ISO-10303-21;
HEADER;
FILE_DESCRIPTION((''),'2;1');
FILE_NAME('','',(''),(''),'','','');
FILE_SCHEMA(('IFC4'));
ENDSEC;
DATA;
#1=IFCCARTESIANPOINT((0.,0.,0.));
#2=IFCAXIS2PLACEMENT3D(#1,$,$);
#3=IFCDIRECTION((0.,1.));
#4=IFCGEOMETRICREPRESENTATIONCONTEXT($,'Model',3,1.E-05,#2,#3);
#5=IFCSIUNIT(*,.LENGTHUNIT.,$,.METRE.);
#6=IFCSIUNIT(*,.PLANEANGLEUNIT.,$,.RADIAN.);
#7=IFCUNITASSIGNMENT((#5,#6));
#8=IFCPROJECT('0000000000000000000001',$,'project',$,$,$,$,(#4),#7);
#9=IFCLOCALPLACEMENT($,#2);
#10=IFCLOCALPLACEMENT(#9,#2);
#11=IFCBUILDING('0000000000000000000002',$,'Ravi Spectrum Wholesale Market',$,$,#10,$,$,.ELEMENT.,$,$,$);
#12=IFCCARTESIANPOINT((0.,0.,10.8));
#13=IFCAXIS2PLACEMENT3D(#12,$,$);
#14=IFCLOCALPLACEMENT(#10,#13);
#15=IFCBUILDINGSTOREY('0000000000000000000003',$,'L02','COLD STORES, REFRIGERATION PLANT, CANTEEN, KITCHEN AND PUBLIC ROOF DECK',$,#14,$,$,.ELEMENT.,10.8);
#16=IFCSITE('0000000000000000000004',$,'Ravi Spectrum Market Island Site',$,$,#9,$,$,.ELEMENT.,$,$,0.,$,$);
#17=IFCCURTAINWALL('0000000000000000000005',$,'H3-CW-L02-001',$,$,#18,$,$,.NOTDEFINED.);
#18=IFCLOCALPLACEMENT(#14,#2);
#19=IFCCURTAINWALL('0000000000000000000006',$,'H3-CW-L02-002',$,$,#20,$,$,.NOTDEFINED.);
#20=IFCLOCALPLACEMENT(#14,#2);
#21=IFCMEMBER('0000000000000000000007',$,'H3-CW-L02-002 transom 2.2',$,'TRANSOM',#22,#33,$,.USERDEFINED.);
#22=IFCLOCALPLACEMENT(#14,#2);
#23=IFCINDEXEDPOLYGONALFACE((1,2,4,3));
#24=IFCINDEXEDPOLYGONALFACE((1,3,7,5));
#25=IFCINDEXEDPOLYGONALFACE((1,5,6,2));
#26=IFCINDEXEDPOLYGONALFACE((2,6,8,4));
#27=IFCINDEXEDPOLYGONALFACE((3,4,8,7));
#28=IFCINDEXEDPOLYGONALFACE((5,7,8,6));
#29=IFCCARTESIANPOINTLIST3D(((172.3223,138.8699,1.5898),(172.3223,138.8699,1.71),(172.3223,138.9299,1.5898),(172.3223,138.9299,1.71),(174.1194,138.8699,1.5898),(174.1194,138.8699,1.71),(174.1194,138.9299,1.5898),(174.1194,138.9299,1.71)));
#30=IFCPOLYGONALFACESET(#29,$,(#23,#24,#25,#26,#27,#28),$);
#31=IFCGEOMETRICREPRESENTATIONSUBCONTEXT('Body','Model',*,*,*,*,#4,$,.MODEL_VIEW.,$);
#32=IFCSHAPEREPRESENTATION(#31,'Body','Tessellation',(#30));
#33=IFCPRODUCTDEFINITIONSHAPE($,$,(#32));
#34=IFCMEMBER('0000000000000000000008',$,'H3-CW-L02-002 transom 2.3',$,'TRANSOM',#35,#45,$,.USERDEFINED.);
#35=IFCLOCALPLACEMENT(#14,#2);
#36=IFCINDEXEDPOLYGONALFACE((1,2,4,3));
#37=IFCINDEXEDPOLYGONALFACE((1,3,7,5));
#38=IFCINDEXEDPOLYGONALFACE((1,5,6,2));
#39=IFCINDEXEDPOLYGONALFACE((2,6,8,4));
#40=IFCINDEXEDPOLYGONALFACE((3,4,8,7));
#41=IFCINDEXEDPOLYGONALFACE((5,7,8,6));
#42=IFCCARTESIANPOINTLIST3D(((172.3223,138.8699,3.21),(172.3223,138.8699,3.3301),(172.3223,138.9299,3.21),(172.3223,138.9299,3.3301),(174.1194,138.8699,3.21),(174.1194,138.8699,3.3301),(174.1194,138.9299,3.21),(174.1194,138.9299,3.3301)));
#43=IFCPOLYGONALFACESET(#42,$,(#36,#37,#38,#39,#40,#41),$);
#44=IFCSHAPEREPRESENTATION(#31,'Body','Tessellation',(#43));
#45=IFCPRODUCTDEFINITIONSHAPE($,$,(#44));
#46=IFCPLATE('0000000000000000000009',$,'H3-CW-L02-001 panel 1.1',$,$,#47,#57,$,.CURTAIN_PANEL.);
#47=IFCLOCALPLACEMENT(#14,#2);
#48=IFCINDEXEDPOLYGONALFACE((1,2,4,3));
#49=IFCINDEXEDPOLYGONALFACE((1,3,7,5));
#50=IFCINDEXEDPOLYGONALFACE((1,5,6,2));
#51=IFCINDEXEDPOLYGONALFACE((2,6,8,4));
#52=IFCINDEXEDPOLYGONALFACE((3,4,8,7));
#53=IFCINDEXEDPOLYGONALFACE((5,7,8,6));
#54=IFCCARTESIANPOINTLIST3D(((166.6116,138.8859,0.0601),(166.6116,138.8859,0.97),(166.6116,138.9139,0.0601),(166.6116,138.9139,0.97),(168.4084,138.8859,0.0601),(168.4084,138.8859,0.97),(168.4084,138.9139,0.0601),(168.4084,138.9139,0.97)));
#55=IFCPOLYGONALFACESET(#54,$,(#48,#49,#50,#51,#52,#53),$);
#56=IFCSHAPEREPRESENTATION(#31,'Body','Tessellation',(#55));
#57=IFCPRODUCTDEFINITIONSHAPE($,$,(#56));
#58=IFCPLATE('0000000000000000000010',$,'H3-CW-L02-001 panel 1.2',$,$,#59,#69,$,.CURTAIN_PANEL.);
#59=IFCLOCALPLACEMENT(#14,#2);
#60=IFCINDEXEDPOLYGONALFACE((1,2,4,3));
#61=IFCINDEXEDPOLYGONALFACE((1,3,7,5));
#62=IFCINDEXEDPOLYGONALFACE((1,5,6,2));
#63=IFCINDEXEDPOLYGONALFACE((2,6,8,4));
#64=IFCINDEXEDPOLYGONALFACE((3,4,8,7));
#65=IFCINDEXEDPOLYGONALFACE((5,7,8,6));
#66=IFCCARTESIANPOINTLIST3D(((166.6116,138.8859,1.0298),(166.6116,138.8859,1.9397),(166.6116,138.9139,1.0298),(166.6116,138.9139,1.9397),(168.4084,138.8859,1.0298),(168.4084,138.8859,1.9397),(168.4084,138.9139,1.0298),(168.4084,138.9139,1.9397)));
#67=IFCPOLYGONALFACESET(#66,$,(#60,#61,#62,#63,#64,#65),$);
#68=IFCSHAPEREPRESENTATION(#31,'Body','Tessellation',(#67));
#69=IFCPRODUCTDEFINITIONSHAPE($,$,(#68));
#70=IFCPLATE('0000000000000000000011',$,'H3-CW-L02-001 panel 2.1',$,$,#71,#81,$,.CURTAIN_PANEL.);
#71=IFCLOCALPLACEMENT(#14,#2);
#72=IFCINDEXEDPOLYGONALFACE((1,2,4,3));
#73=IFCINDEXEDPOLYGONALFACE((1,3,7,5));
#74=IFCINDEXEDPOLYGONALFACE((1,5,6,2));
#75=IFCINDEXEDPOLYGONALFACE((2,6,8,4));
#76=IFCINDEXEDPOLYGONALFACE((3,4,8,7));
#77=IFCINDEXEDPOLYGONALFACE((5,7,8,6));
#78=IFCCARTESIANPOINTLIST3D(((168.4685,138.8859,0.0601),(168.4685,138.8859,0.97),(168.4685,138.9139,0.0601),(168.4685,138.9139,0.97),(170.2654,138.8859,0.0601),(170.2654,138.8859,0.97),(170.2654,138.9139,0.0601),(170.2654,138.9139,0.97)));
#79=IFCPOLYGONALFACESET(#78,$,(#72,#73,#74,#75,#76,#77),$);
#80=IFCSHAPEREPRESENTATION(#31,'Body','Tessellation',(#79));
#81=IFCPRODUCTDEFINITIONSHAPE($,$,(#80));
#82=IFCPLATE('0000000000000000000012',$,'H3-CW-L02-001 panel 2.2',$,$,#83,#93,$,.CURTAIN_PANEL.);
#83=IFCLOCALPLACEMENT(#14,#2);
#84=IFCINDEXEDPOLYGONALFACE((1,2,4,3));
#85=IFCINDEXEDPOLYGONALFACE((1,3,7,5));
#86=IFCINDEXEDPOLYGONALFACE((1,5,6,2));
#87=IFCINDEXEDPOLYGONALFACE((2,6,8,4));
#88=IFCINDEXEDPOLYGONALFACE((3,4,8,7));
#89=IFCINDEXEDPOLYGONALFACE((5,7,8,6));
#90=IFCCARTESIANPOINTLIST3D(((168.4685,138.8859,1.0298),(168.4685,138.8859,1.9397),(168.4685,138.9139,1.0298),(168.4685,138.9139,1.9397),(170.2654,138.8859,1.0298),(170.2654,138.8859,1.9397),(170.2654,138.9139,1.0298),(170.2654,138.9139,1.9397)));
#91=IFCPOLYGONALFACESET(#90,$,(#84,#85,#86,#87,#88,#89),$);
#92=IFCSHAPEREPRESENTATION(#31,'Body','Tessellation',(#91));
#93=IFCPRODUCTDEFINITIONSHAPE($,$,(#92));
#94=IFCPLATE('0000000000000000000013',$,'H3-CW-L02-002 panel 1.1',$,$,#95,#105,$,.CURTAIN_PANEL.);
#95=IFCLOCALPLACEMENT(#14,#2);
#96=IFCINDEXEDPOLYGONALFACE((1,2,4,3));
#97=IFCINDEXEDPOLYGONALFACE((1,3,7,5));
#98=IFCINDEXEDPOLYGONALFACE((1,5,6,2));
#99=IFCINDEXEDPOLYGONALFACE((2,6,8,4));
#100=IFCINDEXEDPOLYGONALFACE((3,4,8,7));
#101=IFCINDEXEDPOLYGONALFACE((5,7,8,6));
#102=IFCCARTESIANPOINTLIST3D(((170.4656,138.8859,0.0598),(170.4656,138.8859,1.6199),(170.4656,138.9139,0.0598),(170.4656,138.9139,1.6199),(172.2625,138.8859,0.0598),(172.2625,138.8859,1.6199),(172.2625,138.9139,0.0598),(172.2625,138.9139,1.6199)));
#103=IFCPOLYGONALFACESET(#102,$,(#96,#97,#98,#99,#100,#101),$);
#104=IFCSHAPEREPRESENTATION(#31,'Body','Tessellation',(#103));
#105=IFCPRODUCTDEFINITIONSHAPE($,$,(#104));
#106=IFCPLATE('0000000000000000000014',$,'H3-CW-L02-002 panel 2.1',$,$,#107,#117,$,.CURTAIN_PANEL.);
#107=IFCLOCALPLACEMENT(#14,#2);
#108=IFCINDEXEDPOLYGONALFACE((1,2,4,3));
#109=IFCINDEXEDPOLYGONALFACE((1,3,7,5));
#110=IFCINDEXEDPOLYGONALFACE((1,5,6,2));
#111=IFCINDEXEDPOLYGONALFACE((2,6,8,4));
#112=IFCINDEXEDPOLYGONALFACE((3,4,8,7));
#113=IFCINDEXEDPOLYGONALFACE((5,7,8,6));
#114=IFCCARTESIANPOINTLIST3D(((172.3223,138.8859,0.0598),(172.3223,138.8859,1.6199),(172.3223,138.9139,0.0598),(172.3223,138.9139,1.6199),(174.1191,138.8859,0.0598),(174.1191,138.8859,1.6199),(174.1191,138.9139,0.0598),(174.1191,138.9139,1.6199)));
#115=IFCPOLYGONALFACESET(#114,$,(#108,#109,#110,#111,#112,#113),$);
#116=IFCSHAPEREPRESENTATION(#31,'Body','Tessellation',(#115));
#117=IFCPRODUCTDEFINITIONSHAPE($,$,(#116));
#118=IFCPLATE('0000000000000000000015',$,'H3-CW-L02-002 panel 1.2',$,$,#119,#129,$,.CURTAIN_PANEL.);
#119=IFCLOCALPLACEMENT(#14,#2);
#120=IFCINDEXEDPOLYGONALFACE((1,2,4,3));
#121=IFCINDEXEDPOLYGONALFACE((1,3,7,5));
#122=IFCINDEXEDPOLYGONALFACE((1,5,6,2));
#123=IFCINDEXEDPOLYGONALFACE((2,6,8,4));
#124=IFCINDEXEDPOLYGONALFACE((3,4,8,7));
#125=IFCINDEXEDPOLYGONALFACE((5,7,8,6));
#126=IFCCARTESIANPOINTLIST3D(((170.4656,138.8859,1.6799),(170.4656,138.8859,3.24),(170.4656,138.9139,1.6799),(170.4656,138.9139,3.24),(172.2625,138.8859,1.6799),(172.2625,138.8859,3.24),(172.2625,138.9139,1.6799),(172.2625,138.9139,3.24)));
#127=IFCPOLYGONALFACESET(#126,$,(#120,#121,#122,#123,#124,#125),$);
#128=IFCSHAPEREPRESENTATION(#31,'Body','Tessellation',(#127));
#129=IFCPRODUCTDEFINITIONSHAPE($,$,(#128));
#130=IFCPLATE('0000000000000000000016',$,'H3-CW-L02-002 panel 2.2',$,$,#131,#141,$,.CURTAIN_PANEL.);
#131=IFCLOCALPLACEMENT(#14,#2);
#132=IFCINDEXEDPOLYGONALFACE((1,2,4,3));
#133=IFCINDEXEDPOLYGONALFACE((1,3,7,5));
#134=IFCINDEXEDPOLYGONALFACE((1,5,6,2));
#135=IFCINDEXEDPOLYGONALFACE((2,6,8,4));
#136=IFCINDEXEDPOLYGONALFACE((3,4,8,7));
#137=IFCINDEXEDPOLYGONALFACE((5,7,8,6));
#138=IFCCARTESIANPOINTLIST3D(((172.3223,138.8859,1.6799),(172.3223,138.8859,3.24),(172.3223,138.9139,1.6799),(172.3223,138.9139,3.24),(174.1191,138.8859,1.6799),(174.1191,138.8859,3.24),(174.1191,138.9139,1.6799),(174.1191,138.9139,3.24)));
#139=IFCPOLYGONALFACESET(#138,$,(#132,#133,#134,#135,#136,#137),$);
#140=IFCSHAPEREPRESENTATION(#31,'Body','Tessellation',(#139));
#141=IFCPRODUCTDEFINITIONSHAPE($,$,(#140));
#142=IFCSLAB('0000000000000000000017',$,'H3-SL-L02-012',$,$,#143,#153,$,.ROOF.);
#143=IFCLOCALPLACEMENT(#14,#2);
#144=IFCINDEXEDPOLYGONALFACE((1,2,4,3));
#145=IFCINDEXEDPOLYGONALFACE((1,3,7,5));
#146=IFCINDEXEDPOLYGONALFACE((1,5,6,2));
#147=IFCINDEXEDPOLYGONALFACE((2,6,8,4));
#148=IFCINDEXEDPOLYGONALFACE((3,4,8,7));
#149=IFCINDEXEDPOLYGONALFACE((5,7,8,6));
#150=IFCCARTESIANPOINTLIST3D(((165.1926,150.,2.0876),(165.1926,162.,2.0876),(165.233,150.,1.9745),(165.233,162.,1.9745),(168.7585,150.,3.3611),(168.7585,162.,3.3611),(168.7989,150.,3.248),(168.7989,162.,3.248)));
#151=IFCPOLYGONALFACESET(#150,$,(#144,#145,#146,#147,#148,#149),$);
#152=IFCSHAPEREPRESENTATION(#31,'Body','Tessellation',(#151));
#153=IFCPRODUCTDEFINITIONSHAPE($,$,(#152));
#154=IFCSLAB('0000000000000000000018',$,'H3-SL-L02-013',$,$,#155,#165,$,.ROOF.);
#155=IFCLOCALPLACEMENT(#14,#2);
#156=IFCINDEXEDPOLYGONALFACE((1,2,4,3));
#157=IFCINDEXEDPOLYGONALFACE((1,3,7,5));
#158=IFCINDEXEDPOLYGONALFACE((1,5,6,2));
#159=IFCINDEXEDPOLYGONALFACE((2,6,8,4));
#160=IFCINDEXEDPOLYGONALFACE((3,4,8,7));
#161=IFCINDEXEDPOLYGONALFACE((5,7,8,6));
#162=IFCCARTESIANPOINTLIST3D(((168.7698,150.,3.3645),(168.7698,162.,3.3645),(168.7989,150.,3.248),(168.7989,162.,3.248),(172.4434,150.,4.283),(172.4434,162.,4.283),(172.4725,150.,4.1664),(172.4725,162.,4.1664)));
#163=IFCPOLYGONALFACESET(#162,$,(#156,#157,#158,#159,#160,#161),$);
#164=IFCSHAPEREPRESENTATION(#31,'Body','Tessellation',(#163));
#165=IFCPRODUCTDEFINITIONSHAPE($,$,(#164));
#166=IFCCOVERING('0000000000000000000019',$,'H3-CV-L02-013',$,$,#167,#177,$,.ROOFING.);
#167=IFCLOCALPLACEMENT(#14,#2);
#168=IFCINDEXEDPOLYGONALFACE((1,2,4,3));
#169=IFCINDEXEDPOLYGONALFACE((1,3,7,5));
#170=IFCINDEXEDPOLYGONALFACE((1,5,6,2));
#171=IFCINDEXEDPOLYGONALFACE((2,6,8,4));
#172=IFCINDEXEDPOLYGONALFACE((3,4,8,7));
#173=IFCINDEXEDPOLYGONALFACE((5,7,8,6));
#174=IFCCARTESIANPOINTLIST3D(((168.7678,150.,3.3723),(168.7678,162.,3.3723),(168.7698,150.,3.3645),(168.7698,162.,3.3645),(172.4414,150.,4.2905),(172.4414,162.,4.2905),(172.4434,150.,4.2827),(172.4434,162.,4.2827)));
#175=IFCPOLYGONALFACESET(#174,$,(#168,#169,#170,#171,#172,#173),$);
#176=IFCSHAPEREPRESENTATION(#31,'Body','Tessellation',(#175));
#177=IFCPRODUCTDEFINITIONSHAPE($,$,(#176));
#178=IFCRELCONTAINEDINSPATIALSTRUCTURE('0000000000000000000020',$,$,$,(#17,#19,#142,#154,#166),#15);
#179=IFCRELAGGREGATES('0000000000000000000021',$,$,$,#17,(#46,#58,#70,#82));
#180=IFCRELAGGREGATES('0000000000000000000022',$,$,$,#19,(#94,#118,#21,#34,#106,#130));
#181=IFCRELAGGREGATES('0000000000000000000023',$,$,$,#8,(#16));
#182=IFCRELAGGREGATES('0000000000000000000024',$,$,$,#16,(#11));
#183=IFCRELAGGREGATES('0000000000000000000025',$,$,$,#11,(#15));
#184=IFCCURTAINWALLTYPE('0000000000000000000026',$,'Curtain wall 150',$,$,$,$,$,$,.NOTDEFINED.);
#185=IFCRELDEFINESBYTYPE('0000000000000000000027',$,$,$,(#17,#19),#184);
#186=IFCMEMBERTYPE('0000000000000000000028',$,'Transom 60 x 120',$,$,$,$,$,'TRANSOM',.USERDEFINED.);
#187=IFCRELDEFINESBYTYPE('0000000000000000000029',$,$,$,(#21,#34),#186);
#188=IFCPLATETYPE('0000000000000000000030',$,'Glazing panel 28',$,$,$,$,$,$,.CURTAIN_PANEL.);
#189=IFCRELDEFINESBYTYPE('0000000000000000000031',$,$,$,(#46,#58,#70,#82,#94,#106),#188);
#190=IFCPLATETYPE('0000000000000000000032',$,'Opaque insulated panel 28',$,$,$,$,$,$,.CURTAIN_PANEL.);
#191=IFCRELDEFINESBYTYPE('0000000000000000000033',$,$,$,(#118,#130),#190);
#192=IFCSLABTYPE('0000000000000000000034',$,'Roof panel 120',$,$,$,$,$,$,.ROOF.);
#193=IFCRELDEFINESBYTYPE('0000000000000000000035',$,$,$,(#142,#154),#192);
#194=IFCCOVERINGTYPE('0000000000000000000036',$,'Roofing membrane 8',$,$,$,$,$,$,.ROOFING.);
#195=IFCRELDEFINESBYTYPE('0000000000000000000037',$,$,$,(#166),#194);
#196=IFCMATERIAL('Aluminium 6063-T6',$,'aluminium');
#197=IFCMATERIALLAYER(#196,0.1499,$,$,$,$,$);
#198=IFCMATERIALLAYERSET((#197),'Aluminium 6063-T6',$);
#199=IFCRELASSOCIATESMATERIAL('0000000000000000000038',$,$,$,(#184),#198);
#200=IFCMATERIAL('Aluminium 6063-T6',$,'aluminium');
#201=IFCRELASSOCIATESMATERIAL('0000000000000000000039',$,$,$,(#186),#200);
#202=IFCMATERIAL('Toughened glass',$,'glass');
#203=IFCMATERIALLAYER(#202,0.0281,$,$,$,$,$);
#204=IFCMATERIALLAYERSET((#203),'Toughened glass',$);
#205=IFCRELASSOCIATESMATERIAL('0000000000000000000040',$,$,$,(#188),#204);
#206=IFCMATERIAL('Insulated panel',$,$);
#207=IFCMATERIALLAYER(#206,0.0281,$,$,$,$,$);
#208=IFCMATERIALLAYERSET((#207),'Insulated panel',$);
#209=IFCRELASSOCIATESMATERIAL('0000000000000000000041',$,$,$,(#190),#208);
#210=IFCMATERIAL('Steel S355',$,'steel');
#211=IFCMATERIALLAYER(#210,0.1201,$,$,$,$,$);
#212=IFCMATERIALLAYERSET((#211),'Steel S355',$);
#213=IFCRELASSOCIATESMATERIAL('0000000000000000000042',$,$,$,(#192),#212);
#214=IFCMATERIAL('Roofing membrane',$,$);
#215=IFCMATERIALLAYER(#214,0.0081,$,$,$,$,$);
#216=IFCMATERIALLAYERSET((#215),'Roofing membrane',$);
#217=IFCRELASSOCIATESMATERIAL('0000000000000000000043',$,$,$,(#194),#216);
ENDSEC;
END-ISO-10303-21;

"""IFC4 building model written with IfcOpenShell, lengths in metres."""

from ifc_helpers import new_model, si_unit, direction, frame, origin, origin_2d, place, context, subcontext, project, spatial, polyline, rectangle, outline, extrude, material, layer, layer_set, material_profile, profile_set, type_object, element, aggregate, save


model = new_model("IFC4")

# Units and contexts
model_context = context("Model", 3, precision=1e-05, world=origin(), true_north=direction((0.0, 1.0)))
body_context = subcontext(model_context, "Body", "Model", "MODEL_VIEW")
ifc_project = project(units=[si_unit("LENGTHUNIT", "METRE"), si_unit("PLANEANGLEUNIT", "RADIAN")], contexts=[model_context])

# Site, building, storey
site_placement = place(None, origin())
site = spatial("IfcSite", under=ifc_project, at=site_placement, Name="Ravi Spectrum Market Island Site", CompositionType="ELEMENT", RefElevation=0.0)
building_placement = place(site_placement, origin())
building = spatial("IfcBuilding", under=site, at=building_placement, Name="Ravi Spectrum Wholesale Market", CompositionType="ELEMENT")
storey_placement = place(building_placement, frame((0.0, 0.0, 10.8)))
storey = spatial("IfcBuildingStorey", under=building, at=storey_placement, Name="L02", Description="COLD STORES, REFRIGERATION PLANT, CANTEEN, KITCHEN AND PUBLIC ROOF DECK", CompositionType="ELEMENT", Elevation=10.8)

# Curtain walls
ifc_material_1 = material(Name="Aluminium 6063-T6", Category="aluminium")
ifc_layer_1 = layer(ifc_material_1, 0.1499)
ifc_layer_set_1 = layer_set([ifc_layer_1], Name="Aluminium 6063-T6")
curtain_wall_type = type_object("IfcCurtainWallType", Name="Curtain wall 150", PredefinedType="NOTDEFINED", material=ifc_layer_set_1)
curtain_wall_1_placement = place(storey_placement, origin())
curtain_wall_1 = element("IfcCurtainWall", 1, at=curtain_wall_1_placement, inside=storey, type_object=curtain_wall_type, Name="H3-CW-L02-001", PredefinedType="NOTDEFINED")
curtain_wall_2_placement = place(storey_placement, origin())
curtain_wall_2 = element("IfcCurtainWall", 2, at=curtain_wall_2_placement, inside=storey, type_object=curtain_wall_type, Name="H3-CW-L02-002", PredefinedType="NOTDEFINED")

# Members
ifc_material_2 = material(Name="Aluminium 6063-T6", Category="aluminium")
ifc_material_profile_1 = material_profile(ifc_material_2, rectangle(XDim=0.0601, YDim=0.1201, at=origin_2d()))
ifc_profile_set_1 = profile_set([ifc_material_profile_1], Name="Aluminium 6063-T6")
member_type_1 = type_object("IfcMemberType", Name="Transom 60 x 120", ElementType="TRANSOM", PredefinedType="USERDEFINED", material=ifc_profile_set_1)
member_1_placement = place(storey_placement, frame((172.3223, 138.8999, 1.6499), z_axis=(1.0, 0.0, 0.0), x_axis=(0.0, 1.0, 0.0)))
member_1 = element("IfcMember", 3, at=member_1_placement, type_object=member_type_1, Name="H3-CW-L02-002 transom 2.2", ObjectType="TRANSOM", PredefinedType="USERDEFINED", context=body_context, shape_type="SweptSolid", body=[
    extrude(rectangle(XDim=0.0601, YDim=0.1201, at=origin_2d()), origin(), (0.0, 0.0, 1.0), 1.7971),
])
member_2_placement = place(storey_placement, frame((172.3223, 138.8999, 3.27), z_axis=(1.0, 0.0, 0.0), x_axis=(0.0, 1.0, 0.0)))
member_2 = element("IfcMember", 4, at=member_2_placement, type_object=member_type_1, Name="H3-CW-L02-002 transom 2.3", ObjectType="TRANSOM", PredefinedType="USERDEFINED", context=body_context, shape_type="SweptSolid", body=[
    extrude(rectangle(XDim=0.0601, YDim=0.1201, at=origin_2d()), origin(), (0.0, 0.0, 1.0), 1.7971),
])

# Plates
ifc_material_3 = material(Name="Toughened glass", Category="glass")
ifc_layer_2 = layer(ifc_material_3, 0.0281)
ifc_layer_set_2 = layer_set([ifc_layer_2], Name="Toughened glass")
plate_type_1 = type_object("IfcPlateType", Name="Glazing panel 28", PredefinedType="CURTAIN_PANEL", material=ifc_layer_set_2)
plate_1_placement = place(storey_placement, frame((167.51, 138.8999, 0.0601), z_axis=(0.0, 0.0, 1.0), x_axis=(1.0, 0.0, 0.0)))
plate_1 = element("IfcPlate", 5, at=plate_1_placement, type_object=plate_type_1, Name="H3-CW-L02-001 panel 1.1", PredefinedType="CURTAIN_PANEL", context=body_context, shape_type="SweptSolid", body=[
    extrude(rectangle(XDim=1.7969, YDim=0.0281, at=origin_2d()), origin(), (0.0, 0.0, 1.0), 0.9099),
])
plate_2_placement = place(storey_placement, frame((167.51, 138.8999, 1.0298), z_axis=(0.0, 0.0, 1.0), x_axis=(1.0, 0.0, 0.0)))
plate_2 = element("IfcPlate", 6, at=plate_2_placement, type_object=plate_type_1, Name="H3-CW-L02-001 panel 1.2", PredefinedType="CURTAIN_PANEL", context=body_context, shape_type="SweptSolid", body=[
    extrude(rectangle(XDim=1.7969, YDim=0.0281, at=origin_2d()), origin(), (0.0, 0.0, 1.0), 0.9099),
])
plate_3_placement = place(storey_placement, frame((169.3669, 138.8999, 0.0601), z_axis=(0.0, 0.0, 1.0), x_axis=(1.0, 0.0, 0.0)))
plate_3 = element("IfcPlate", 7, at=plate_3_placement, type_object=plate_type_1, Name="H3-CW-L02-001 panel 2.1", PredefinedType="CURTAIN_PANEL", context=body_context, shape_type="SweptSolid", body=[
    extrude(rectangle(XDim=1.7969, YDim=0.0281, at=origin_2d()), origin(), (0.0, 0.0, 1.0), 0.9099),
])
plate_4_placement = place(storey_placement, frame((169.3669, 138.8999, 1.0298), z_axis=(0.0, 0.0, 1.0), x_axis=(1.0, 0.0, 0.0)))
plate_4 = element("IfcPlate", 8, at=plate_4_placement, type_object=plate_type_1, Name="H3-CW-L02-001 panel 2.2", PredefinedType="CURTAIN_PANEL", context=body_context, shape_type="SweptSolid", body=[
    extrude(rectangle(XDim=1.7969, YDim=0.0281, at=origin_2d()), origin(), (0.0, 0.0, 1.0), 0.9099),
])
aggregate(curtain_wall_1, [plate_1, plate_2, plate_3, plate_4])
plate_5_placement = place(storey_placement, frame((171.364, 138.8999, 0.0598), z_axis=(0.0, 0.0, 1.0), x_axis=(1.0, 0.0, 0.0)))
plate_5 = element("IfcPlate", 9, at=plate_5_placement, type_object=plate_type_1, Name="H3-CW-L02-002 panel 1.1", PredefinedType="CURTAIN_PANEL", context=body_context, shape_type="SweptSolid", body=[
    extrude(rectangle(XDim=1.7969, YDim=0.0281, at=origin_2d()), origin(), (0.0, 0.0, 1.0), 1.5601),
])
plate_6_placement = place(storey_placement, frame((173.2207, 138.8999, 0.0598), z_axis=(0.0, 0.0, 1.0), x_axis=(1.0, 0.0, 0.0)))
plate_6 = element("IfcPlate", 10, at=plate_6_placement, type_object=plate_type_1, Name="H3-CW-L02-002 panel 2.1", PredefinedType="CURTAIN_PANEL", context=body_context, shape_type="SweptSolid", body=[
    extrude(rectangle(XDim=1.7969, YDim=0.0281, at=origin_2d()), origin(), (0.0, 0.0, 1.0), 1.5601),
])
ifc_material_4 = material(Name="Insulated panel")
ifc_layer_3 = layer(ifc_material_4, 0.0281)
ifc_layer_set_3 = layer_set([ifc_layer_3], Name="Insulated panel")
plate_type_2 = type_object("IfcPlateType", Name="Opaque insulated panel 28", PredefinedType="CURTAIN_PANEL", material=ifc_layer_set_3)
plate_7_placement = place(storey_placement, frame((171.364, 138.8999, 1.6799), z_axis=(0.0, 0.0, 1.0), x_axis=(1.0, 0.0, 0.0)))
plate_7 = element("IfcPlate", 11, at=plate_7_placement, type_object=plate_type_2, Name="H3-CW-L02-002 panel 1.2", PredefinedType="CURTAIN_PANEL", context=body_context, shape_type="SweptSolid", body=[
    extrude(rectangle(XDim=1.7969, YDim=0.0281, at=origin_2d()), origin(), (0.0, 0.0, 1.0), 1.5601),
])
plate_8_placement = place(storey_placement, frame((173.2207, 138.8999, 1.6799), z_axis=(0.0, 0.0, 1.0), x_axis=(1.0, 0.0, 0.0)))
plate_8 = element("IfcPlate", 12, at=plate_8_placement, type_object=plate_type_2, Name="H3-CW-L02-002 panel 2.2", PredefinedType="CURTAIN_PANEL", context=body_context, shape_type="SweptSolid", body=[
    extrude(rectangle(XDim=1.7969, YDim=0.0281, at=origin_2d()), origin(), (0.0, 0.0, 1.0), 1.5601),
])
aggregate(curtain_wall_2, [plate_5, plate_7, member_1, member_2, plate_6, plate_8])

# Slabs
ifc_material_5 = material(Name="Steel S355", Category="steel")
ifc_layer_4 = layer(ifc_material_5, 0.1201)
ifc_layer_set_4 = layer_set([ifc_layer_4], Name="Steel S355")
slab_type = type_object("IfcSlabType", Name="Roof panel 120", PredefinedType="ROOF", material=ifc_layer_set_4)
slab_1_placement = place(storey_placement, frame((165.1926, 150.0, 2.0876), z_axis=(-0.336312, 0.0, 0.941751), x_axis=(0.941751, 0.0, 0.336312)))
element("IfcSlab", 13, at=slab_1_placement, inside=storey, type_object=slab_type, Name="H3-SL-L02-012", PredefinedType="ROOF", context=body_context, shape_type="SweptSolid", body=[
    extrude(outline(polyline([(0.0, 0.0), (3.7865, 0.0), (3.7865, 12.0), (0.0, 12.0), (0.0, 0.0)])), origin(), (0.0, 0.0, -1.0), 0.1201),
])
slab_2_placement = place(storey_placement, frame((168.7698, 150.0, 3.3645), z_axis=(-0.242551, 0.0, 0.970139), x_axis=(0.970139, 0.0, 0.242551)))
element("IfcSlab", 14, at=slab_2_placement, inside=storey, type_object=slab_type, Name="H3-SL-L02-013", PredefinedType="ROOF", context=body_context, shape_type="SweptSolid", body=[
    extrude(outline(polyline([(0.0, 0.0), (3.7867, 0.0), (3.7867, 12.0), (0.0, 12.0), (0.0, 0.0)])), origin(), (0.0, 0.0, -1.0), 0.1201),
])

# Covering
ifc_material_6 = material(Name="Roofing membrane")
ifc_layer_5 = layer(ifc_material_6, 0.0081)
ifc_layer_set_5 = layer_set([ifc_layer_5], Name="Roofing membrane")
covering_type = type_object("IfcCoveringType", Name="Roofing membrane 8", PredefinedType="ROOFING", material=ifc_layer_set_5)
covering_placement = place(storey_placement, frame((168.7678, 150.0, 3.3723), z_axis=(-0.24249, 0.0, 0.970154), x_axis=(0.970154, 0.0, 0.24249)))
element("IfcCovering", 15, at=covering_placement, inside=storey, type_object=covering_type, Name="H3-CV-L02-013", PredefinedType="ROOFING", context=body_context, shape_type="SweptSolid", body=[
    extrude(outline(polyline([(0.0, 0.0), (3.7866, 0.0), (3.7866, 12.0), (0.0, 12.0), (0.0, 0.0)])), origin(), (0.0, 0.0, -1.0), 0.0081),
])

save(model, "model.ifc")
